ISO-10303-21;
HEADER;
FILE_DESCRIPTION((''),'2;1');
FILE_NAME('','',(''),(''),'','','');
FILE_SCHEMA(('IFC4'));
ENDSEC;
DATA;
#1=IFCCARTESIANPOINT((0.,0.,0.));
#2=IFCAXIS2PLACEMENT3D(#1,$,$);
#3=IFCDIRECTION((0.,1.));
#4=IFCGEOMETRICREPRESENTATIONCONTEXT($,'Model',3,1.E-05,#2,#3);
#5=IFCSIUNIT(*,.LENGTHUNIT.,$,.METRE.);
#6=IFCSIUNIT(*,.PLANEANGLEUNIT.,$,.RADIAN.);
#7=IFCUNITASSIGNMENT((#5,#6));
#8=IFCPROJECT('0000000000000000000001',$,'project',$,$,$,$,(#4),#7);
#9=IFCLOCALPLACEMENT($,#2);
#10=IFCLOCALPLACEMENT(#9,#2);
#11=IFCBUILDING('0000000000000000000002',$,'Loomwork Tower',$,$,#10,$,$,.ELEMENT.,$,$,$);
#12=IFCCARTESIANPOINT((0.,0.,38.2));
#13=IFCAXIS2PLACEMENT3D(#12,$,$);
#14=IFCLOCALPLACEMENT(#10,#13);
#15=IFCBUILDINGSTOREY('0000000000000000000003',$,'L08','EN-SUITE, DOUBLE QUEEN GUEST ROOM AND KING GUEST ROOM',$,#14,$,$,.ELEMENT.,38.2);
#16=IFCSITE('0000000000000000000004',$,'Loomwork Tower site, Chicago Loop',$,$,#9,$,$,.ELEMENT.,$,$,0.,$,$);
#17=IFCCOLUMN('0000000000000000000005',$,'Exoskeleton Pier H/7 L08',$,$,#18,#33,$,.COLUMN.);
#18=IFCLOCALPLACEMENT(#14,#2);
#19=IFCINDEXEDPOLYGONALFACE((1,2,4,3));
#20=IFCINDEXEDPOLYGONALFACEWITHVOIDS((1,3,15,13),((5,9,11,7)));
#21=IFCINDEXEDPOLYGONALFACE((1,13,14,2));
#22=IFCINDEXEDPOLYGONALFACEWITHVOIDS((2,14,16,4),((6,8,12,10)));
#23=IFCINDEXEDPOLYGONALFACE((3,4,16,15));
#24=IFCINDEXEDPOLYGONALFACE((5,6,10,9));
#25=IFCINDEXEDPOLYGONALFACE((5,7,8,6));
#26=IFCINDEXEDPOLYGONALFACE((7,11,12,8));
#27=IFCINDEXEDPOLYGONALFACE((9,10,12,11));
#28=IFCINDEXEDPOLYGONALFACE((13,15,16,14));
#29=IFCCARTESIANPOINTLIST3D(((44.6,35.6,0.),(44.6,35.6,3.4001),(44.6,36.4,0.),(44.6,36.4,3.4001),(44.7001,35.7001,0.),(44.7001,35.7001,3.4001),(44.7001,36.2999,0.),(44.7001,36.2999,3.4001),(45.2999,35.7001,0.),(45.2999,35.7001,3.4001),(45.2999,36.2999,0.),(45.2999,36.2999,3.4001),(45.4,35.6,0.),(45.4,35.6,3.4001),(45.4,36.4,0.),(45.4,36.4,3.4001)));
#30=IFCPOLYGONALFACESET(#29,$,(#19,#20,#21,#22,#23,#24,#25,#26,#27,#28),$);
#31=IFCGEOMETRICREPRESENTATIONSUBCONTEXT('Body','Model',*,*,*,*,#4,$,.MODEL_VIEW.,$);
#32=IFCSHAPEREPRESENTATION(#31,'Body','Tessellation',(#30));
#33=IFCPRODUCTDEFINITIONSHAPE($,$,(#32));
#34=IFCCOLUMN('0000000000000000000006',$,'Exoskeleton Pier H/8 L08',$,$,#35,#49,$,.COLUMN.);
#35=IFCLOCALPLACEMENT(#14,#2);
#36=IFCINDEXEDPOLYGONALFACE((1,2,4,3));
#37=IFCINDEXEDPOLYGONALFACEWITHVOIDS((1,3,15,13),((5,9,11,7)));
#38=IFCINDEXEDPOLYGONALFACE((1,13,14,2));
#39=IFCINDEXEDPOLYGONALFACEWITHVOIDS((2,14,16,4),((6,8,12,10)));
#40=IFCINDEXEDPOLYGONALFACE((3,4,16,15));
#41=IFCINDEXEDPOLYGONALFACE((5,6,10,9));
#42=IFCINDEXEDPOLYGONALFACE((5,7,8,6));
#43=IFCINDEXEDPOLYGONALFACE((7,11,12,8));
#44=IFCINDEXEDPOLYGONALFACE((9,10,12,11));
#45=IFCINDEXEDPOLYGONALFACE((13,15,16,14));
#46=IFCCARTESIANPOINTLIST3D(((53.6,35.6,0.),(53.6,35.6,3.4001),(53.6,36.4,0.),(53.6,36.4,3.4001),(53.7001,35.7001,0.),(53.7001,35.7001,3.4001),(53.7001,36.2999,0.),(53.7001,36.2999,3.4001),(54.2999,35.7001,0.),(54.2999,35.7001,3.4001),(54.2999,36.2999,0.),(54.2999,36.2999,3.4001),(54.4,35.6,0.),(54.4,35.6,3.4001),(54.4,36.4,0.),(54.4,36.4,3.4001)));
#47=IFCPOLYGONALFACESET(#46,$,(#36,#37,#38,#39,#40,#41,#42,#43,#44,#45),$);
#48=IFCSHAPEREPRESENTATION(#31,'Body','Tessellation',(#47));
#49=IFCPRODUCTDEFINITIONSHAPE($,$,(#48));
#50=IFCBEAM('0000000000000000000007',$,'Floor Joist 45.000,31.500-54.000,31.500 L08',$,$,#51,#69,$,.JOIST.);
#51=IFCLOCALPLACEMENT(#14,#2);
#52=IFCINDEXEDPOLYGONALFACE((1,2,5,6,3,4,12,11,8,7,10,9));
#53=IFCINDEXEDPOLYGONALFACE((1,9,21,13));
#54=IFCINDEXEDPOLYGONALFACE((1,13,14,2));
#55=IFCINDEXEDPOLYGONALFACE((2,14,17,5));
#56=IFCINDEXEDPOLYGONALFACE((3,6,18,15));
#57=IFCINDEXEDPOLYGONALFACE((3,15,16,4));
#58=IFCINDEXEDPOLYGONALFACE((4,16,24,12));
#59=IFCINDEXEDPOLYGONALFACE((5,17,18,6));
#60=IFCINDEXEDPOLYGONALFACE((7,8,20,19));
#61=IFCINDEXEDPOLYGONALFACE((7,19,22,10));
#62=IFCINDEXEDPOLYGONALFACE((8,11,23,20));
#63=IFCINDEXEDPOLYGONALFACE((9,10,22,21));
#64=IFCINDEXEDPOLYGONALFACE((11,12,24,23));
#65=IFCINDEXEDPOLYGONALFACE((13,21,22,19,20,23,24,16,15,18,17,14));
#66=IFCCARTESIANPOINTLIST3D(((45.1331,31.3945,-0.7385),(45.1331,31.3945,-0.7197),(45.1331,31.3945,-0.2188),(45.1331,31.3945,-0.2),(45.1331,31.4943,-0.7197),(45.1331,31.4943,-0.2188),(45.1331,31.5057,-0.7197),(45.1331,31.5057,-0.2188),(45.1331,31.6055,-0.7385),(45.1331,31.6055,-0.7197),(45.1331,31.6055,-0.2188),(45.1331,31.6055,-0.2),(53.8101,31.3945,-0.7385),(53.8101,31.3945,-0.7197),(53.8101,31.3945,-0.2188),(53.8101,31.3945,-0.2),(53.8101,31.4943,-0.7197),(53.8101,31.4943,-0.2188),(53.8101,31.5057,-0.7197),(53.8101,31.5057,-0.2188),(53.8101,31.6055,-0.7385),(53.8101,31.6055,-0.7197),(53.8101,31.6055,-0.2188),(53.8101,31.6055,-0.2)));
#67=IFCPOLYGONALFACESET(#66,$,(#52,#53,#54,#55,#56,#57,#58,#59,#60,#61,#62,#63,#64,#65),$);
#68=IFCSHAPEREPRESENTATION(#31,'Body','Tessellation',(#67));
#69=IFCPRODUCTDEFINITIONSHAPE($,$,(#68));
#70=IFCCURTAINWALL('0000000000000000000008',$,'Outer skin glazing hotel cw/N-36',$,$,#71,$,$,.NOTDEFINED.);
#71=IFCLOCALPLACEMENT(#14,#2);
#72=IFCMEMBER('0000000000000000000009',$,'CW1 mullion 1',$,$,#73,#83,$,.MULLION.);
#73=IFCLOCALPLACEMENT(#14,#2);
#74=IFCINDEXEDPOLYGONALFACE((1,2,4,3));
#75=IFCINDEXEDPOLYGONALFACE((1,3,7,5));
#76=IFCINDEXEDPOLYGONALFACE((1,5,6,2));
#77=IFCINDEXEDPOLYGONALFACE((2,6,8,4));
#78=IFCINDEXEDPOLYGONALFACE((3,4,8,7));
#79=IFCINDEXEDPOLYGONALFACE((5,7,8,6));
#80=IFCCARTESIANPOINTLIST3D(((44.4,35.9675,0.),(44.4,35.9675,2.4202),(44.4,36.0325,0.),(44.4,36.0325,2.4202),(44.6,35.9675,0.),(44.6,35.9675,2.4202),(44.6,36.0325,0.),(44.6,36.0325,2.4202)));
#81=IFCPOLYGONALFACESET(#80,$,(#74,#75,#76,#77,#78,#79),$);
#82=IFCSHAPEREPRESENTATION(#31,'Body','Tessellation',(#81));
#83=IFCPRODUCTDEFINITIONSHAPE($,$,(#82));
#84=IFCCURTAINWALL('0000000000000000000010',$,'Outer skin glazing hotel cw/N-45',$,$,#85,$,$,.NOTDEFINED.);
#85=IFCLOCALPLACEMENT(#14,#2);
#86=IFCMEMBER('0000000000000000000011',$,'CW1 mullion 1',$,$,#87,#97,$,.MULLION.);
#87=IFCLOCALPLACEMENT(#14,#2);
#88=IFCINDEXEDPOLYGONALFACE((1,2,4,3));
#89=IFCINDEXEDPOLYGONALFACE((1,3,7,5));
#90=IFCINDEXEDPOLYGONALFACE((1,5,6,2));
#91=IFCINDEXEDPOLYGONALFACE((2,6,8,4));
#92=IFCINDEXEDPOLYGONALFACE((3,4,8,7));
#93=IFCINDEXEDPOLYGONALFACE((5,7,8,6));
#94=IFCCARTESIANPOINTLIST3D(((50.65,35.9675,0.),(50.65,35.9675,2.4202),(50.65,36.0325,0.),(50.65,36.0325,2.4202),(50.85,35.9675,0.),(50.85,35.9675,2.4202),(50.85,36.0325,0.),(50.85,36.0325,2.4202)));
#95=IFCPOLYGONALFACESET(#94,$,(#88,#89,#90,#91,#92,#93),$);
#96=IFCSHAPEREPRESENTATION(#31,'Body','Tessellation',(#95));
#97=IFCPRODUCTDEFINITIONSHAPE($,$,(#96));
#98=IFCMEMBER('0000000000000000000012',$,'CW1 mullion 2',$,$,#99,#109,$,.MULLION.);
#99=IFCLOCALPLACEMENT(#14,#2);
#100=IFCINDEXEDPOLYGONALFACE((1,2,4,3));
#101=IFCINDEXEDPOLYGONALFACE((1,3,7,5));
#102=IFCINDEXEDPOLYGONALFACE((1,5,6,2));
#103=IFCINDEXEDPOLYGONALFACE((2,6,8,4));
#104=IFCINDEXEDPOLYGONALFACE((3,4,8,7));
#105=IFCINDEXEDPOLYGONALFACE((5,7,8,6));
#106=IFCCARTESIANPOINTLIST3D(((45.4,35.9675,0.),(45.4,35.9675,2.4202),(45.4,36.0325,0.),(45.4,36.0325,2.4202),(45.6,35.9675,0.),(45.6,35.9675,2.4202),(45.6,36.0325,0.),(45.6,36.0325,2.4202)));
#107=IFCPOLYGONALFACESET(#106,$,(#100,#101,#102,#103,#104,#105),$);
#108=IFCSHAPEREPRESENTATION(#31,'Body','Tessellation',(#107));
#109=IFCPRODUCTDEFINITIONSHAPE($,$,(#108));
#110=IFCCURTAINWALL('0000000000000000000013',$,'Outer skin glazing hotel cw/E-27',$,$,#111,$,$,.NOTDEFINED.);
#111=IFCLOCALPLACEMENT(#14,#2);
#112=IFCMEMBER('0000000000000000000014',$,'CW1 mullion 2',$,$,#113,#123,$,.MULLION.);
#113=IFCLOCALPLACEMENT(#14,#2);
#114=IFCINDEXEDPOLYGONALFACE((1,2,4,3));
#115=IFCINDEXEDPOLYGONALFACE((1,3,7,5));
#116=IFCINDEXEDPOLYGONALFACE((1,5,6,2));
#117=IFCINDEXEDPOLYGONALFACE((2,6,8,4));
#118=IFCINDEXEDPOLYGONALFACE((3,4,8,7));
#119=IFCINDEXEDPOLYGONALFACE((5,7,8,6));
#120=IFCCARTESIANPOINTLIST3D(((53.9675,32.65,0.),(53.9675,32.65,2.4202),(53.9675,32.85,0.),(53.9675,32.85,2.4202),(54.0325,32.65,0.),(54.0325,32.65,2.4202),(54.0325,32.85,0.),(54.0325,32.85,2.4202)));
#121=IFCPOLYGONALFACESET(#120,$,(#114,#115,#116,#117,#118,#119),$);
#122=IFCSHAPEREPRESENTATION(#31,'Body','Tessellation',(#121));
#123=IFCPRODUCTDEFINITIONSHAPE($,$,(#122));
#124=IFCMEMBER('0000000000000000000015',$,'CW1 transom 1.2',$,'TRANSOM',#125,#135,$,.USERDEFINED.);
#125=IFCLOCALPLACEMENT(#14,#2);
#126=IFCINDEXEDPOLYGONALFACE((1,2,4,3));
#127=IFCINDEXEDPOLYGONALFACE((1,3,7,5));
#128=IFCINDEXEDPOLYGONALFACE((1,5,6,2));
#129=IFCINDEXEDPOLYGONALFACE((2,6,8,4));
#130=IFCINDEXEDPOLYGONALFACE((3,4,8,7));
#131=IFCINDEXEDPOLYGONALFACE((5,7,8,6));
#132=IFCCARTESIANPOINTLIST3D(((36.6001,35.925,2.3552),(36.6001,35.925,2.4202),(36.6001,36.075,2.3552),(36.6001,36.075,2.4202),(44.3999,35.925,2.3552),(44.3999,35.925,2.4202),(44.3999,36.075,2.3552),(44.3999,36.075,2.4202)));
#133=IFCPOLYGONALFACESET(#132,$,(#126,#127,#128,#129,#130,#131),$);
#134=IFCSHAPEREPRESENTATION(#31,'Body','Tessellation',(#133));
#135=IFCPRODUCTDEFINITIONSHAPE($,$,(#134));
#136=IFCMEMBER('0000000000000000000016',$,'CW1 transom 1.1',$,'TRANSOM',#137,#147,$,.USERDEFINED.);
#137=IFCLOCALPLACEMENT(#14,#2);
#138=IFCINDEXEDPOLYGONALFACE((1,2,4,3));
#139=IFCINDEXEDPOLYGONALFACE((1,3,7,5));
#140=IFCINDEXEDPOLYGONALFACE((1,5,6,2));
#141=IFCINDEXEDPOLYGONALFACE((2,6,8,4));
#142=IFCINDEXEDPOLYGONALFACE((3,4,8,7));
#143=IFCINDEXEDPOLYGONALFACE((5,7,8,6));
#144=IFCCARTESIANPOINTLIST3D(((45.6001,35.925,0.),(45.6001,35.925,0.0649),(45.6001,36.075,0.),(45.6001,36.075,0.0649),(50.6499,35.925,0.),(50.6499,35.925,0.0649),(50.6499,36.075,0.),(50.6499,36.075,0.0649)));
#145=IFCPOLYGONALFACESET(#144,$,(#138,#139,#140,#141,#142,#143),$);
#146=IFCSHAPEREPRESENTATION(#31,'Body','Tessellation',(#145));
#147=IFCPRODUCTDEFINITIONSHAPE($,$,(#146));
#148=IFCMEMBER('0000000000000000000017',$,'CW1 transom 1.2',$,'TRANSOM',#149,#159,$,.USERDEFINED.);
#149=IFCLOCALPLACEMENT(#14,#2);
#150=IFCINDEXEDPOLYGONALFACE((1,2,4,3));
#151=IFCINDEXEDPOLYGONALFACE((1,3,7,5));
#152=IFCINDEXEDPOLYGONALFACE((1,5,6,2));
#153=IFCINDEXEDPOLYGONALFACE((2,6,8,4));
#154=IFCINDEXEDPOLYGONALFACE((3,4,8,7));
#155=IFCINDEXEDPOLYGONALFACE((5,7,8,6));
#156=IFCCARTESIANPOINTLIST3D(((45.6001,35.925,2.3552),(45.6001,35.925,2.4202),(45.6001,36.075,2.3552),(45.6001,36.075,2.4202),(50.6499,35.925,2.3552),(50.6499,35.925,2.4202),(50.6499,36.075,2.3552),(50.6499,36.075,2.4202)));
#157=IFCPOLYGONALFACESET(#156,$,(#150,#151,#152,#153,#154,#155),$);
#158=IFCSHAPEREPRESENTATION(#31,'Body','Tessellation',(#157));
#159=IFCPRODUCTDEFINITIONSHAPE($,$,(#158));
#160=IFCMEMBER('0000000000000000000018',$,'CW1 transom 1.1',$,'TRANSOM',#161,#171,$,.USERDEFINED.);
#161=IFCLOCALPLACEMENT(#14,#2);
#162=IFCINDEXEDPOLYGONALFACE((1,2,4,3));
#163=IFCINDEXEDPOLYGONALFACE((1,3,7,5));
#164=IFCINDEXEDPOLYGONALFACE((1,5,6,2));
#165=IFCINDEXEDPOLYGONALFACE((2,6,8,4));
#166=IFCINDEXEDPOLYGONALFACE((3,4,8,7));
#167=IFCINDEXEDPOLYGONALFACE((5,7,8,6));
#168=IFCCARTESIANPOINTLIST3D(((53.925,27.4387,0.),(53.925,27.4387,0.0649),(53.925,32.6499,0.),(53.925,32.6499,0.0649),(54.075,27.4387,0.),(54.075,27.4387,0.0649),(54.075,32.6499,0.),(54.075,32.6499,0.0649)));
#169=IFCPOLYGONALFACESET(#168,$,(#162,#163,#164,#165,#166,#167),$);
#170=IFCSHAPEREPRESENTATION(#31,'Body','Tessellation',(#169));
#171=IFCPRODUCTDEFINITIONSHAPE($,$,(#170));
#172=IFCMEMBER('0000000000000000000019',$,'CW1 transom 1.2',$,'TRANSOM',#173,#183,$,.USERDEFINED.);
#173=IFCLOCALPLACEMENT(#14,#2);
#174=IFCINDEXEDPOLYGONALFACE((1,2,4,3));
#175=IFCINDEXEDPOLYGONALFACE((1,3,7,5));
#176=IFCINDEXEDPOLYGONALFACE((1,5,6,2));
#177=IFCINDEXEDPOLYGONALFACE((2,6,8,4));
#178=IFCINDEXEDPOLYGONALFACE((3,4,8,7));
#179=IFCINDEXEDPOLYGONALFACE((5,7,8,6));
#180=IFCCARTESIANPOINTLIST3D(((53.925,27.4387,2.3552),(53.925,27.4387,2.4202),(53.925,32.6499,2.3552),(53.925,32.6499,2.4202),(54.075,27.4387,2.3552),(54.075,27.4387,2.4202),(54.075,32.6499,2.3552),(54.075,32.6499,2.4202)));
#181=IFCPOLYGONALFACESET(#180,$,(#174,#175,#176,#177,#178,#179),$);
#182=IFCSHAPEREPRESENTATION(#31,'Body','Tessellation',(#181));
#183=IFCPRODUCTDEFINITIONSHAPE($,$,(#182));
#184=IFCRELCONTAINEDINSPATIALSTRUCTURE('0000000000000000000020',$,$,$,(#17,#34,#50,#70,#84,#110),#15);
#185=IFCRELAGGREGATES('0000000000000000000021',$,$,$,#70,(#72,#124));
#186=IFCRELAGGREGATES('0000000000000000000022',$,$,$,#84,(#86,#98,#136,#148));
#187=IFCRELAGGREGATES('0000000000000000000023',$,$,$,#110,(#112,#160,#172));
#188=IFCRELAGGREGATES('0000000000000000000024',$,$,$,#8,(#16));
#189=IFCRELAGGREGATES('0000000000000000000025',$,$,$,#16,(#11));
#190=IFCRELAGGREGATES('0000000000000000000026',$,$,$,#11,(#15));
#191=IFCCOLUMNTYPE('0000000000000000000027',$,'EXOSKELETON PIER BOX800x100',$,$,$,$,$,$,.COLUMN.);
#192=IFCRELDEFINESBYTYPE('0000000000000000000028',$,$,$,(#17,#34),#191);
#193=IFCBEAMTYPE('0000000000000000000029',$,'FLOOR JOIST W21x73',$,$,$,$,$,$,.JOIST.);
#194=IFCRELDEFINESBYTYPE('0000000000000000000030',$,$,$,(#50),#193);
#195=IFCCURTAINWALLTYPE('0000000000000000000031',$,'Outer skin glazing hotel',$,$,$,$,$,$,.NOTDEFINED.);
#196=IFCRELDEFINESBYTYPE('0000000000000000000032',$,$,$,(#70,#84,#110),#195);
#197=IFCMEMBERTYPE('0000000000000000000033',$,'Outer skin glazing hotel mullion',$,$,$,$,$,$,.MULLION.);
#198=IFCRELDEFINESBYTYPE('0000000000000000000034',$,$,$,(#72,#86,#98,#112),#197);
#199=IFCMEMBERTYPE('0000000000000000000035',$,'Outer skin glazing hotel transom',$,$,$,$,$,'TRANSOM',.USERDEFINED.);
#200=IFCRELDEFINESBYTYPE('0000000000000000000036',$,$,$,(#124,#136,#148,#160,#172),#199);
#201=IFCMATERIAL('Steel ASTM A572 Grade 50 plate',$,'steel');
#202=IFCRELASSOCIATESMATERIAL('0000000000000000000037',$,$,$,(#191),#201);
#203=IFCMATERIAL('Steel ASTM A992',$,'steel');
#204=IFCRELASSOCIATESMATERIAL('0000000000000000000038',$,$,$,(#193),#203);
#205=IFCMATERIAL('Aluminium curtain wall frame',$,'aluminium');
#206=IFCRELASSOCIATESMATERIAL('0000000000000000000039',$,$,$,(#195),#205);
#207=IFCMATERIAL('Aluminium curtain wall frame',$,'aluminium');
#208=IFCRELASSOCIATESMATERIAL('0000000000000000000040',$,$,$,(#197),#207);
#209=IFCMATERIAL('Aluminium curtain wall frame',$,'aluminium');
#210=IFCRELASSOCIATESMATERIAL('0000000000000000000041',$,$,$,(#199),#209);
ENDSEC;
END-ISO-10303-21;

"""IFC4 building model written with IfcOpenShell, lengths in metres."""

from ifc_helpers import new_model, si_unit, direction, frame, origin, origin_2d, place, context, subcontext, project, spatial, rectangle, hollow_rectangle, i_section, extrude, material, material_profile, profile_set, type_object, element, aggregate, save


model = new_model("IFC4")

# Units and contexts
model_context = context("Model", 3, precision=1e-05, world=origin(), true_north=direction((0.0, 1.0)))
body_context = subcontext(model_context, "Body", "Model", "MODEL_VIEW")
ifc_project = project(units=[si_unit("LENGTHUNIT", "METRE"), si_unit("PLANEANGLEUNIT", "RADIAN")], contexts=[model_context])

# Site, building, storey
site_placement = place(None, origin())
site = spatial("IfcSite", under=ifc_project, at=site_placement, Name="Loomwork Tower site, Chicago Loop", CompositionType="ELEMENT", RefElevation=0.0)
building_placement = place(site_placement, origin())
building = spatial("IfcBuilding", under=site, at=building_placement, Name="Loomwork Tower", CompositionType="ELEMENT")
storey_placement = place(building_placement, frame((0.0, 0.0, 38.2)))
storey = spatial("IfcBuildingStorey", under=building, at=storey_placement, Name="L08", Description="EN-SUITE, DOUBLE QUEEN GUEST ROOM AND KING GUEST ROOM", CompositionType="ELEMENT", Elevation=38.2)

# Columns
ifc_material_1 = material(Name="Steel ASTM A572 Grade 50 plate", Category="steel")
ifc_material_profile_1 = material_profile(ifc_material_1, hollow_rectangle(XDim=0.8, YDim=0.8, WallThickness=0.1001, at=origin_2d()), Name="BOX800x100")
ifc_profile_set_1 = profile_set([ifc_material_profile_1], Name="Steel ASTM A572 Grade 50 plate")
column_type = type_object("IfcColumnType", Name="EXOSKELETON PIER BOX800x100", PredefinedType="COLUMN", material=ifc_profile_set_1)
for number, where, z_axis, x_axis, name in (
    (1, (45.0, 36.0, 0.0), (0.0, 0.0, 1.0), (1.0, 0.0, 0.0), "Exoskeleton Pier H/7 L08"),
    (2, (54.0, 36.0, 0.0), (0.0, 0.0, 1.0), (1.0, 0.0, 0.0), "Exoskeleton Pier H/8 L08"),
):
    element("IfcColumn", number, at=place(storey_placement, frame(where, z_axis=z_axis, x_axis=x_axis)), inside=storey, type_object=column_type, Name=name, PredefinedType="COLUMN", context=body_context, shape_type="SweptSolid", body=[
        extrude(hollow_rectangle(XDim=0.8, YDim=0.8, WallThickness=0.1001, at=origin_2d()), origin(), (0.0, 0.0, 1.0), 3.4001),
    ])

# Beam
ifc_material_2 = material(Name="Steel ASTM A992", Category="steel")
ifc_material_profile_2 = material_profile(ifc_material_2, i_section(OverallWidth=0.2109, OverallDepth=0.5386, WebThickness=0.0115, FlangeThickness=0.0188, at=origin_2d()), Name="W21x73")
ifc_profile_set_2 = profile_set([ifc_material_profile_2], Name="Steel ASTM A992")
beam_type_1 = type_object("IfcBeamType", Name="FLOOR JOIST W21x73", PredefinedType="JOIST", material=ifc_profile_set_2)
beam_1_placement = place(storey_placement, frame((45.1331, 31.5, -0.4692), z_axis=(1.0, 0.0, 0.0), x_axis=(0.0, 1.0, 0.0)))
element("IfcBeam", 3, at=beam_1_placement, inside=storey, type_object=beam_type_1, Name="Floor Joist 45.000,31.500-54.000,31.500 L08", PredefinedType="JOIST", context=body_context, shape_type="SweptSolid", body=[
    extrude(i_section(OverallWidth=0.2109, OverallDepth=0.5386, WebThickness=0.0115, FlangeThickness=0.0188, at=origin_2d()), origin(), (0.0, 0.0, 1.0), 8.677),
])

# Curtain wall, member
ifc_material_3 = material(Name="Aluminium curtain wall frame", Category="aluminium")
curtain_wall_type = type_object("IfcCurtainWallType", Name="Outer skin glazing hotel", PredefinedType="NOTDEFINED", material=ifc_material_3)
curtain_wall_1_placement = place(storey_placement, origin())
curtain_wall_1 = element("IfcCurtainWall", 4, at=curtain_wall_1_placement, inside=storey, type_object=curtain_wall_type, Name="Outer skin glazing hotel cw/N-36", PredefinedType="NOTDEFINED")
ifc_material_4 = material(Name="Aluminium curtain wall frame", Category="aluminium")
ifc_material_profile_3 = material_profile(ifc_material_4, rectangle(XDim=0.0649, YDim=0.2, at=origin_2d()), Name="AL 65x200")
ifc_profile_set_3 = profile_set([ifc_material_profile_3], Name="Aluminium curtain wall frame")
member_type_1 = type_object("IfcMemberType", Name="Outer skin glazing hotel mullion", PredefinedType="MULLION", material=ifc_profile_set_3)
member_1_placement = place(storey_placement, frame((44.5, 36.0, 0.0), z_axis=(0.0, 0.0, 1.0), x_axis=(0.0, -1.0, 0.0)))
member_1 = element("IfcMember", 5, at=member_1_placement, type_object=member_type_1, Name="CW1 mullion 1", PredefinedType="MULLION", context=body_context, shape_type="SweptSolid", body=[
    extrude(rectangle(XDim=0.0649, YDim=0.2, at=origin_2d()), origin(), (0.0, 0.0, 1.0), 2.4202),
])

# Curtain wall, members
curtain_wall_2_placement = place(storey_placement, origin())
curtain_wall_2 = element("IfcCurtainWall", 6, at=curtain_wall_2_placement, inside=storey, type_object=curtain_wall_type, Name="Outer skin glazing hotel cw/N-45", PredefinedType="NOTDEFINED")
member_2_placement = place(storey_placement, frame((50.75, 36.0, 0.0), z_axis=(0.0, 0.0, 1.0), x_axis=(0.0, -1.0, 0.0)))
member_2 = element("IfcMember", 7, at=member_2_placement, type_object=member_type_1, Name="CW1 mullion 1", PredefinedType="MULLION", context=body_context, shape_type="SweptSolid", body=[
    extrude(rectangle(XDim=0.0649, YDim=0.2, at=origin_2d()), origin(), (0.0, 0.0, 1.0), 2.4202),
])
member_3_placement = place(storey_placement, frame((45.5, 36.0, 0.0), z_axis=(0.0, 0.0, 1.0), x_axis=(0.0, -1.0, 0.0)))
member_3 = element("IfcMember", 8, at=member_3_placement, type_object=member_type_1, Name="CW1 mullion 2", PredefinedType="MULLION", context=body_context, shape_type="SweptSolid", body=[
    extrude(rectangle(XDim=0.0649, YDim=0.2, at=origin_2d()), origin(), (0.0, 0.0, 1.0), 2.4202),
])

# Curtain wall, member
curtain_wall_3_placement = place(storey_placement, origin())
curtain_wall_3 = element("IfcCurtainWall", 9, at=curtain_wall_3_placement, inside=storey, type_object=curtain_wall_type, Name="Outer skin glazing hotel cw/E-27", PredefinedType="NOTDEFINED")
member_4_placement = place(storey_placement, frame((54.0, 32.75, 0.0), z_axis=(0.0, 0.0, 1.0), x_axis=(-1.0, 0.0, 0.0)))
member_4 = element("IfcMember", 10, at=member_4_placement, type_object=member_type_1, Name="CW1 mullion 2", PredefinedType="MULLION", context=body_context, shape_type="SweptSolid", body=[
    extrude(rectangle(XDim=0.0649, YDim=0.2, at=origin_2d()), origin(), (0.0, 0.0, 1.0), 2.4202),
])

# Members
ifc_material_5 = material(Name="Aluminium curtain wall frame", Category="aluminium")
ifc_material_profile_4 = material_profile(ifc_material_5, rectangle(XDim=0.1499, YDim=0.0649, at=origin_2d()), Name="AL 65x150")
ifc_profile_set_4 = profile_set([ifc_material_profile_4], Name="Aluminium curtain wall frame")
member_type_2 = type_object("IfcMemberType", Name="Outer skin glazing hotel transom", ElementType="TRANSOM", PredefinedType="USERDEFINED", material=ifc_profile_set_4)
member_5_placement = place(storey_placement, frame((44.3999, 36.0, 2.3877), z_axis=(-1.0, 0.0, 0.0), x_axis=(0.0, -1.0, 0.0)))
member_5 = element("IfcMember", 11, at=member_5_placement, type_object=member_type_2, Name="CW1 transom 1.2", ObjectType="TRANSOM", PredefinedType="USERDEFINED", context=body_context, shape_type="SweptSolid", body=[
    extrude(rectangle(XDim=0.1499, YDim=0.0649, at=origin_2d()), origin(), (0.0, 0.0, 1.0), 7.7998),
])
aggregate(curtain_wall_1, [member_1, member_5])
member_6_placement = place(storey_placement, frame((50.6499, 36.0, 0.0325), z_axis=(-1.0, 0.0, 0.0), x_axis=(0.0, -1.0, 0.0)))
member_6 = element("IfcMember", 12, at=member_6_placement, type_object=member_type_2, Name="CW1 transom 1.1", ObjectType="TRANSOM", PredefinedType="USERDEFINED", context=body_context, shape_type="SweptSolid", body=[
    extrude(rectangle(XDim=0.1499, YDim=0.0649, at=origin_2d()), origin(), (0.0, 0.0, 1.0), 5.0498),
])
member_7_placement = place(storey_placement, frame((50.6499, 36.0, 2.3877), z_axis=(-1.0, 0.0, 0.0), x_axis=(0.0, -1.0, 0.0)))
member_7 = element("IfcMember", 13, at=member_7_placement, type_object=member_type_2, Name="CW1 transom 1.2", ObjectType="TRANSOM", PredefinedType="USERDEFINED", context=body_context, shape_type="SweptSolid", body=[
    extrude(rectangle(XDim=0.1499, YDim=0.0649, at=origin_2d()), origin(), (0.0, 0.0, 1.0), 5.0498),
])
member_8_placement = place(storey_placement, frame((54.0, 27.4387, 0.0325), z_axis=(0.0, 1.0, 0.0), x_axis=(-1.0, 0.0, 0.0)))
member_8 = element("IfcMember", 14, at=member_8_placement, type_object=member_type_2, Name="CW1 transom 1.1", ObjectType="TRANSOM", PredefinedType="USERDEFINED", context=body_context, shape_type="SweptSolid", body=[
    extrude(rectangle(XDim=0.1499, YDim=0.0649, at=origin_2d()), origin(), (0.0, 0.0, 1.0), 5.2112),
])
member_9_placement = place(storey_placement, frame((54.0, 27.4387, 2.3877), z_axis=(0.0, 1.0, 0.0), x_axis=(-1.0, 0.0, 0.0)))
member_9 = element("IfcMember", 15, at=member_9_placement, type_object=member_type_2, Name="CW1 transom 1.2", ObjectType="TRANSOM", PredefinedType="USERDEFINED", context=body_context, shape_type="SweptSolid", body=[
    extrude(rectangle(XDim=0.1499, YDim=0.0649, at=origin_2d()), origin(), (0.0, 0.0, 1.0), 5.2112),
])

aggregate(curtain_wall_2, [member_2, member_3, member_6, member_7])
aggregate(curtain_wall_3, [member_4, member_8, member_9])

save(model, "model.ifc")
